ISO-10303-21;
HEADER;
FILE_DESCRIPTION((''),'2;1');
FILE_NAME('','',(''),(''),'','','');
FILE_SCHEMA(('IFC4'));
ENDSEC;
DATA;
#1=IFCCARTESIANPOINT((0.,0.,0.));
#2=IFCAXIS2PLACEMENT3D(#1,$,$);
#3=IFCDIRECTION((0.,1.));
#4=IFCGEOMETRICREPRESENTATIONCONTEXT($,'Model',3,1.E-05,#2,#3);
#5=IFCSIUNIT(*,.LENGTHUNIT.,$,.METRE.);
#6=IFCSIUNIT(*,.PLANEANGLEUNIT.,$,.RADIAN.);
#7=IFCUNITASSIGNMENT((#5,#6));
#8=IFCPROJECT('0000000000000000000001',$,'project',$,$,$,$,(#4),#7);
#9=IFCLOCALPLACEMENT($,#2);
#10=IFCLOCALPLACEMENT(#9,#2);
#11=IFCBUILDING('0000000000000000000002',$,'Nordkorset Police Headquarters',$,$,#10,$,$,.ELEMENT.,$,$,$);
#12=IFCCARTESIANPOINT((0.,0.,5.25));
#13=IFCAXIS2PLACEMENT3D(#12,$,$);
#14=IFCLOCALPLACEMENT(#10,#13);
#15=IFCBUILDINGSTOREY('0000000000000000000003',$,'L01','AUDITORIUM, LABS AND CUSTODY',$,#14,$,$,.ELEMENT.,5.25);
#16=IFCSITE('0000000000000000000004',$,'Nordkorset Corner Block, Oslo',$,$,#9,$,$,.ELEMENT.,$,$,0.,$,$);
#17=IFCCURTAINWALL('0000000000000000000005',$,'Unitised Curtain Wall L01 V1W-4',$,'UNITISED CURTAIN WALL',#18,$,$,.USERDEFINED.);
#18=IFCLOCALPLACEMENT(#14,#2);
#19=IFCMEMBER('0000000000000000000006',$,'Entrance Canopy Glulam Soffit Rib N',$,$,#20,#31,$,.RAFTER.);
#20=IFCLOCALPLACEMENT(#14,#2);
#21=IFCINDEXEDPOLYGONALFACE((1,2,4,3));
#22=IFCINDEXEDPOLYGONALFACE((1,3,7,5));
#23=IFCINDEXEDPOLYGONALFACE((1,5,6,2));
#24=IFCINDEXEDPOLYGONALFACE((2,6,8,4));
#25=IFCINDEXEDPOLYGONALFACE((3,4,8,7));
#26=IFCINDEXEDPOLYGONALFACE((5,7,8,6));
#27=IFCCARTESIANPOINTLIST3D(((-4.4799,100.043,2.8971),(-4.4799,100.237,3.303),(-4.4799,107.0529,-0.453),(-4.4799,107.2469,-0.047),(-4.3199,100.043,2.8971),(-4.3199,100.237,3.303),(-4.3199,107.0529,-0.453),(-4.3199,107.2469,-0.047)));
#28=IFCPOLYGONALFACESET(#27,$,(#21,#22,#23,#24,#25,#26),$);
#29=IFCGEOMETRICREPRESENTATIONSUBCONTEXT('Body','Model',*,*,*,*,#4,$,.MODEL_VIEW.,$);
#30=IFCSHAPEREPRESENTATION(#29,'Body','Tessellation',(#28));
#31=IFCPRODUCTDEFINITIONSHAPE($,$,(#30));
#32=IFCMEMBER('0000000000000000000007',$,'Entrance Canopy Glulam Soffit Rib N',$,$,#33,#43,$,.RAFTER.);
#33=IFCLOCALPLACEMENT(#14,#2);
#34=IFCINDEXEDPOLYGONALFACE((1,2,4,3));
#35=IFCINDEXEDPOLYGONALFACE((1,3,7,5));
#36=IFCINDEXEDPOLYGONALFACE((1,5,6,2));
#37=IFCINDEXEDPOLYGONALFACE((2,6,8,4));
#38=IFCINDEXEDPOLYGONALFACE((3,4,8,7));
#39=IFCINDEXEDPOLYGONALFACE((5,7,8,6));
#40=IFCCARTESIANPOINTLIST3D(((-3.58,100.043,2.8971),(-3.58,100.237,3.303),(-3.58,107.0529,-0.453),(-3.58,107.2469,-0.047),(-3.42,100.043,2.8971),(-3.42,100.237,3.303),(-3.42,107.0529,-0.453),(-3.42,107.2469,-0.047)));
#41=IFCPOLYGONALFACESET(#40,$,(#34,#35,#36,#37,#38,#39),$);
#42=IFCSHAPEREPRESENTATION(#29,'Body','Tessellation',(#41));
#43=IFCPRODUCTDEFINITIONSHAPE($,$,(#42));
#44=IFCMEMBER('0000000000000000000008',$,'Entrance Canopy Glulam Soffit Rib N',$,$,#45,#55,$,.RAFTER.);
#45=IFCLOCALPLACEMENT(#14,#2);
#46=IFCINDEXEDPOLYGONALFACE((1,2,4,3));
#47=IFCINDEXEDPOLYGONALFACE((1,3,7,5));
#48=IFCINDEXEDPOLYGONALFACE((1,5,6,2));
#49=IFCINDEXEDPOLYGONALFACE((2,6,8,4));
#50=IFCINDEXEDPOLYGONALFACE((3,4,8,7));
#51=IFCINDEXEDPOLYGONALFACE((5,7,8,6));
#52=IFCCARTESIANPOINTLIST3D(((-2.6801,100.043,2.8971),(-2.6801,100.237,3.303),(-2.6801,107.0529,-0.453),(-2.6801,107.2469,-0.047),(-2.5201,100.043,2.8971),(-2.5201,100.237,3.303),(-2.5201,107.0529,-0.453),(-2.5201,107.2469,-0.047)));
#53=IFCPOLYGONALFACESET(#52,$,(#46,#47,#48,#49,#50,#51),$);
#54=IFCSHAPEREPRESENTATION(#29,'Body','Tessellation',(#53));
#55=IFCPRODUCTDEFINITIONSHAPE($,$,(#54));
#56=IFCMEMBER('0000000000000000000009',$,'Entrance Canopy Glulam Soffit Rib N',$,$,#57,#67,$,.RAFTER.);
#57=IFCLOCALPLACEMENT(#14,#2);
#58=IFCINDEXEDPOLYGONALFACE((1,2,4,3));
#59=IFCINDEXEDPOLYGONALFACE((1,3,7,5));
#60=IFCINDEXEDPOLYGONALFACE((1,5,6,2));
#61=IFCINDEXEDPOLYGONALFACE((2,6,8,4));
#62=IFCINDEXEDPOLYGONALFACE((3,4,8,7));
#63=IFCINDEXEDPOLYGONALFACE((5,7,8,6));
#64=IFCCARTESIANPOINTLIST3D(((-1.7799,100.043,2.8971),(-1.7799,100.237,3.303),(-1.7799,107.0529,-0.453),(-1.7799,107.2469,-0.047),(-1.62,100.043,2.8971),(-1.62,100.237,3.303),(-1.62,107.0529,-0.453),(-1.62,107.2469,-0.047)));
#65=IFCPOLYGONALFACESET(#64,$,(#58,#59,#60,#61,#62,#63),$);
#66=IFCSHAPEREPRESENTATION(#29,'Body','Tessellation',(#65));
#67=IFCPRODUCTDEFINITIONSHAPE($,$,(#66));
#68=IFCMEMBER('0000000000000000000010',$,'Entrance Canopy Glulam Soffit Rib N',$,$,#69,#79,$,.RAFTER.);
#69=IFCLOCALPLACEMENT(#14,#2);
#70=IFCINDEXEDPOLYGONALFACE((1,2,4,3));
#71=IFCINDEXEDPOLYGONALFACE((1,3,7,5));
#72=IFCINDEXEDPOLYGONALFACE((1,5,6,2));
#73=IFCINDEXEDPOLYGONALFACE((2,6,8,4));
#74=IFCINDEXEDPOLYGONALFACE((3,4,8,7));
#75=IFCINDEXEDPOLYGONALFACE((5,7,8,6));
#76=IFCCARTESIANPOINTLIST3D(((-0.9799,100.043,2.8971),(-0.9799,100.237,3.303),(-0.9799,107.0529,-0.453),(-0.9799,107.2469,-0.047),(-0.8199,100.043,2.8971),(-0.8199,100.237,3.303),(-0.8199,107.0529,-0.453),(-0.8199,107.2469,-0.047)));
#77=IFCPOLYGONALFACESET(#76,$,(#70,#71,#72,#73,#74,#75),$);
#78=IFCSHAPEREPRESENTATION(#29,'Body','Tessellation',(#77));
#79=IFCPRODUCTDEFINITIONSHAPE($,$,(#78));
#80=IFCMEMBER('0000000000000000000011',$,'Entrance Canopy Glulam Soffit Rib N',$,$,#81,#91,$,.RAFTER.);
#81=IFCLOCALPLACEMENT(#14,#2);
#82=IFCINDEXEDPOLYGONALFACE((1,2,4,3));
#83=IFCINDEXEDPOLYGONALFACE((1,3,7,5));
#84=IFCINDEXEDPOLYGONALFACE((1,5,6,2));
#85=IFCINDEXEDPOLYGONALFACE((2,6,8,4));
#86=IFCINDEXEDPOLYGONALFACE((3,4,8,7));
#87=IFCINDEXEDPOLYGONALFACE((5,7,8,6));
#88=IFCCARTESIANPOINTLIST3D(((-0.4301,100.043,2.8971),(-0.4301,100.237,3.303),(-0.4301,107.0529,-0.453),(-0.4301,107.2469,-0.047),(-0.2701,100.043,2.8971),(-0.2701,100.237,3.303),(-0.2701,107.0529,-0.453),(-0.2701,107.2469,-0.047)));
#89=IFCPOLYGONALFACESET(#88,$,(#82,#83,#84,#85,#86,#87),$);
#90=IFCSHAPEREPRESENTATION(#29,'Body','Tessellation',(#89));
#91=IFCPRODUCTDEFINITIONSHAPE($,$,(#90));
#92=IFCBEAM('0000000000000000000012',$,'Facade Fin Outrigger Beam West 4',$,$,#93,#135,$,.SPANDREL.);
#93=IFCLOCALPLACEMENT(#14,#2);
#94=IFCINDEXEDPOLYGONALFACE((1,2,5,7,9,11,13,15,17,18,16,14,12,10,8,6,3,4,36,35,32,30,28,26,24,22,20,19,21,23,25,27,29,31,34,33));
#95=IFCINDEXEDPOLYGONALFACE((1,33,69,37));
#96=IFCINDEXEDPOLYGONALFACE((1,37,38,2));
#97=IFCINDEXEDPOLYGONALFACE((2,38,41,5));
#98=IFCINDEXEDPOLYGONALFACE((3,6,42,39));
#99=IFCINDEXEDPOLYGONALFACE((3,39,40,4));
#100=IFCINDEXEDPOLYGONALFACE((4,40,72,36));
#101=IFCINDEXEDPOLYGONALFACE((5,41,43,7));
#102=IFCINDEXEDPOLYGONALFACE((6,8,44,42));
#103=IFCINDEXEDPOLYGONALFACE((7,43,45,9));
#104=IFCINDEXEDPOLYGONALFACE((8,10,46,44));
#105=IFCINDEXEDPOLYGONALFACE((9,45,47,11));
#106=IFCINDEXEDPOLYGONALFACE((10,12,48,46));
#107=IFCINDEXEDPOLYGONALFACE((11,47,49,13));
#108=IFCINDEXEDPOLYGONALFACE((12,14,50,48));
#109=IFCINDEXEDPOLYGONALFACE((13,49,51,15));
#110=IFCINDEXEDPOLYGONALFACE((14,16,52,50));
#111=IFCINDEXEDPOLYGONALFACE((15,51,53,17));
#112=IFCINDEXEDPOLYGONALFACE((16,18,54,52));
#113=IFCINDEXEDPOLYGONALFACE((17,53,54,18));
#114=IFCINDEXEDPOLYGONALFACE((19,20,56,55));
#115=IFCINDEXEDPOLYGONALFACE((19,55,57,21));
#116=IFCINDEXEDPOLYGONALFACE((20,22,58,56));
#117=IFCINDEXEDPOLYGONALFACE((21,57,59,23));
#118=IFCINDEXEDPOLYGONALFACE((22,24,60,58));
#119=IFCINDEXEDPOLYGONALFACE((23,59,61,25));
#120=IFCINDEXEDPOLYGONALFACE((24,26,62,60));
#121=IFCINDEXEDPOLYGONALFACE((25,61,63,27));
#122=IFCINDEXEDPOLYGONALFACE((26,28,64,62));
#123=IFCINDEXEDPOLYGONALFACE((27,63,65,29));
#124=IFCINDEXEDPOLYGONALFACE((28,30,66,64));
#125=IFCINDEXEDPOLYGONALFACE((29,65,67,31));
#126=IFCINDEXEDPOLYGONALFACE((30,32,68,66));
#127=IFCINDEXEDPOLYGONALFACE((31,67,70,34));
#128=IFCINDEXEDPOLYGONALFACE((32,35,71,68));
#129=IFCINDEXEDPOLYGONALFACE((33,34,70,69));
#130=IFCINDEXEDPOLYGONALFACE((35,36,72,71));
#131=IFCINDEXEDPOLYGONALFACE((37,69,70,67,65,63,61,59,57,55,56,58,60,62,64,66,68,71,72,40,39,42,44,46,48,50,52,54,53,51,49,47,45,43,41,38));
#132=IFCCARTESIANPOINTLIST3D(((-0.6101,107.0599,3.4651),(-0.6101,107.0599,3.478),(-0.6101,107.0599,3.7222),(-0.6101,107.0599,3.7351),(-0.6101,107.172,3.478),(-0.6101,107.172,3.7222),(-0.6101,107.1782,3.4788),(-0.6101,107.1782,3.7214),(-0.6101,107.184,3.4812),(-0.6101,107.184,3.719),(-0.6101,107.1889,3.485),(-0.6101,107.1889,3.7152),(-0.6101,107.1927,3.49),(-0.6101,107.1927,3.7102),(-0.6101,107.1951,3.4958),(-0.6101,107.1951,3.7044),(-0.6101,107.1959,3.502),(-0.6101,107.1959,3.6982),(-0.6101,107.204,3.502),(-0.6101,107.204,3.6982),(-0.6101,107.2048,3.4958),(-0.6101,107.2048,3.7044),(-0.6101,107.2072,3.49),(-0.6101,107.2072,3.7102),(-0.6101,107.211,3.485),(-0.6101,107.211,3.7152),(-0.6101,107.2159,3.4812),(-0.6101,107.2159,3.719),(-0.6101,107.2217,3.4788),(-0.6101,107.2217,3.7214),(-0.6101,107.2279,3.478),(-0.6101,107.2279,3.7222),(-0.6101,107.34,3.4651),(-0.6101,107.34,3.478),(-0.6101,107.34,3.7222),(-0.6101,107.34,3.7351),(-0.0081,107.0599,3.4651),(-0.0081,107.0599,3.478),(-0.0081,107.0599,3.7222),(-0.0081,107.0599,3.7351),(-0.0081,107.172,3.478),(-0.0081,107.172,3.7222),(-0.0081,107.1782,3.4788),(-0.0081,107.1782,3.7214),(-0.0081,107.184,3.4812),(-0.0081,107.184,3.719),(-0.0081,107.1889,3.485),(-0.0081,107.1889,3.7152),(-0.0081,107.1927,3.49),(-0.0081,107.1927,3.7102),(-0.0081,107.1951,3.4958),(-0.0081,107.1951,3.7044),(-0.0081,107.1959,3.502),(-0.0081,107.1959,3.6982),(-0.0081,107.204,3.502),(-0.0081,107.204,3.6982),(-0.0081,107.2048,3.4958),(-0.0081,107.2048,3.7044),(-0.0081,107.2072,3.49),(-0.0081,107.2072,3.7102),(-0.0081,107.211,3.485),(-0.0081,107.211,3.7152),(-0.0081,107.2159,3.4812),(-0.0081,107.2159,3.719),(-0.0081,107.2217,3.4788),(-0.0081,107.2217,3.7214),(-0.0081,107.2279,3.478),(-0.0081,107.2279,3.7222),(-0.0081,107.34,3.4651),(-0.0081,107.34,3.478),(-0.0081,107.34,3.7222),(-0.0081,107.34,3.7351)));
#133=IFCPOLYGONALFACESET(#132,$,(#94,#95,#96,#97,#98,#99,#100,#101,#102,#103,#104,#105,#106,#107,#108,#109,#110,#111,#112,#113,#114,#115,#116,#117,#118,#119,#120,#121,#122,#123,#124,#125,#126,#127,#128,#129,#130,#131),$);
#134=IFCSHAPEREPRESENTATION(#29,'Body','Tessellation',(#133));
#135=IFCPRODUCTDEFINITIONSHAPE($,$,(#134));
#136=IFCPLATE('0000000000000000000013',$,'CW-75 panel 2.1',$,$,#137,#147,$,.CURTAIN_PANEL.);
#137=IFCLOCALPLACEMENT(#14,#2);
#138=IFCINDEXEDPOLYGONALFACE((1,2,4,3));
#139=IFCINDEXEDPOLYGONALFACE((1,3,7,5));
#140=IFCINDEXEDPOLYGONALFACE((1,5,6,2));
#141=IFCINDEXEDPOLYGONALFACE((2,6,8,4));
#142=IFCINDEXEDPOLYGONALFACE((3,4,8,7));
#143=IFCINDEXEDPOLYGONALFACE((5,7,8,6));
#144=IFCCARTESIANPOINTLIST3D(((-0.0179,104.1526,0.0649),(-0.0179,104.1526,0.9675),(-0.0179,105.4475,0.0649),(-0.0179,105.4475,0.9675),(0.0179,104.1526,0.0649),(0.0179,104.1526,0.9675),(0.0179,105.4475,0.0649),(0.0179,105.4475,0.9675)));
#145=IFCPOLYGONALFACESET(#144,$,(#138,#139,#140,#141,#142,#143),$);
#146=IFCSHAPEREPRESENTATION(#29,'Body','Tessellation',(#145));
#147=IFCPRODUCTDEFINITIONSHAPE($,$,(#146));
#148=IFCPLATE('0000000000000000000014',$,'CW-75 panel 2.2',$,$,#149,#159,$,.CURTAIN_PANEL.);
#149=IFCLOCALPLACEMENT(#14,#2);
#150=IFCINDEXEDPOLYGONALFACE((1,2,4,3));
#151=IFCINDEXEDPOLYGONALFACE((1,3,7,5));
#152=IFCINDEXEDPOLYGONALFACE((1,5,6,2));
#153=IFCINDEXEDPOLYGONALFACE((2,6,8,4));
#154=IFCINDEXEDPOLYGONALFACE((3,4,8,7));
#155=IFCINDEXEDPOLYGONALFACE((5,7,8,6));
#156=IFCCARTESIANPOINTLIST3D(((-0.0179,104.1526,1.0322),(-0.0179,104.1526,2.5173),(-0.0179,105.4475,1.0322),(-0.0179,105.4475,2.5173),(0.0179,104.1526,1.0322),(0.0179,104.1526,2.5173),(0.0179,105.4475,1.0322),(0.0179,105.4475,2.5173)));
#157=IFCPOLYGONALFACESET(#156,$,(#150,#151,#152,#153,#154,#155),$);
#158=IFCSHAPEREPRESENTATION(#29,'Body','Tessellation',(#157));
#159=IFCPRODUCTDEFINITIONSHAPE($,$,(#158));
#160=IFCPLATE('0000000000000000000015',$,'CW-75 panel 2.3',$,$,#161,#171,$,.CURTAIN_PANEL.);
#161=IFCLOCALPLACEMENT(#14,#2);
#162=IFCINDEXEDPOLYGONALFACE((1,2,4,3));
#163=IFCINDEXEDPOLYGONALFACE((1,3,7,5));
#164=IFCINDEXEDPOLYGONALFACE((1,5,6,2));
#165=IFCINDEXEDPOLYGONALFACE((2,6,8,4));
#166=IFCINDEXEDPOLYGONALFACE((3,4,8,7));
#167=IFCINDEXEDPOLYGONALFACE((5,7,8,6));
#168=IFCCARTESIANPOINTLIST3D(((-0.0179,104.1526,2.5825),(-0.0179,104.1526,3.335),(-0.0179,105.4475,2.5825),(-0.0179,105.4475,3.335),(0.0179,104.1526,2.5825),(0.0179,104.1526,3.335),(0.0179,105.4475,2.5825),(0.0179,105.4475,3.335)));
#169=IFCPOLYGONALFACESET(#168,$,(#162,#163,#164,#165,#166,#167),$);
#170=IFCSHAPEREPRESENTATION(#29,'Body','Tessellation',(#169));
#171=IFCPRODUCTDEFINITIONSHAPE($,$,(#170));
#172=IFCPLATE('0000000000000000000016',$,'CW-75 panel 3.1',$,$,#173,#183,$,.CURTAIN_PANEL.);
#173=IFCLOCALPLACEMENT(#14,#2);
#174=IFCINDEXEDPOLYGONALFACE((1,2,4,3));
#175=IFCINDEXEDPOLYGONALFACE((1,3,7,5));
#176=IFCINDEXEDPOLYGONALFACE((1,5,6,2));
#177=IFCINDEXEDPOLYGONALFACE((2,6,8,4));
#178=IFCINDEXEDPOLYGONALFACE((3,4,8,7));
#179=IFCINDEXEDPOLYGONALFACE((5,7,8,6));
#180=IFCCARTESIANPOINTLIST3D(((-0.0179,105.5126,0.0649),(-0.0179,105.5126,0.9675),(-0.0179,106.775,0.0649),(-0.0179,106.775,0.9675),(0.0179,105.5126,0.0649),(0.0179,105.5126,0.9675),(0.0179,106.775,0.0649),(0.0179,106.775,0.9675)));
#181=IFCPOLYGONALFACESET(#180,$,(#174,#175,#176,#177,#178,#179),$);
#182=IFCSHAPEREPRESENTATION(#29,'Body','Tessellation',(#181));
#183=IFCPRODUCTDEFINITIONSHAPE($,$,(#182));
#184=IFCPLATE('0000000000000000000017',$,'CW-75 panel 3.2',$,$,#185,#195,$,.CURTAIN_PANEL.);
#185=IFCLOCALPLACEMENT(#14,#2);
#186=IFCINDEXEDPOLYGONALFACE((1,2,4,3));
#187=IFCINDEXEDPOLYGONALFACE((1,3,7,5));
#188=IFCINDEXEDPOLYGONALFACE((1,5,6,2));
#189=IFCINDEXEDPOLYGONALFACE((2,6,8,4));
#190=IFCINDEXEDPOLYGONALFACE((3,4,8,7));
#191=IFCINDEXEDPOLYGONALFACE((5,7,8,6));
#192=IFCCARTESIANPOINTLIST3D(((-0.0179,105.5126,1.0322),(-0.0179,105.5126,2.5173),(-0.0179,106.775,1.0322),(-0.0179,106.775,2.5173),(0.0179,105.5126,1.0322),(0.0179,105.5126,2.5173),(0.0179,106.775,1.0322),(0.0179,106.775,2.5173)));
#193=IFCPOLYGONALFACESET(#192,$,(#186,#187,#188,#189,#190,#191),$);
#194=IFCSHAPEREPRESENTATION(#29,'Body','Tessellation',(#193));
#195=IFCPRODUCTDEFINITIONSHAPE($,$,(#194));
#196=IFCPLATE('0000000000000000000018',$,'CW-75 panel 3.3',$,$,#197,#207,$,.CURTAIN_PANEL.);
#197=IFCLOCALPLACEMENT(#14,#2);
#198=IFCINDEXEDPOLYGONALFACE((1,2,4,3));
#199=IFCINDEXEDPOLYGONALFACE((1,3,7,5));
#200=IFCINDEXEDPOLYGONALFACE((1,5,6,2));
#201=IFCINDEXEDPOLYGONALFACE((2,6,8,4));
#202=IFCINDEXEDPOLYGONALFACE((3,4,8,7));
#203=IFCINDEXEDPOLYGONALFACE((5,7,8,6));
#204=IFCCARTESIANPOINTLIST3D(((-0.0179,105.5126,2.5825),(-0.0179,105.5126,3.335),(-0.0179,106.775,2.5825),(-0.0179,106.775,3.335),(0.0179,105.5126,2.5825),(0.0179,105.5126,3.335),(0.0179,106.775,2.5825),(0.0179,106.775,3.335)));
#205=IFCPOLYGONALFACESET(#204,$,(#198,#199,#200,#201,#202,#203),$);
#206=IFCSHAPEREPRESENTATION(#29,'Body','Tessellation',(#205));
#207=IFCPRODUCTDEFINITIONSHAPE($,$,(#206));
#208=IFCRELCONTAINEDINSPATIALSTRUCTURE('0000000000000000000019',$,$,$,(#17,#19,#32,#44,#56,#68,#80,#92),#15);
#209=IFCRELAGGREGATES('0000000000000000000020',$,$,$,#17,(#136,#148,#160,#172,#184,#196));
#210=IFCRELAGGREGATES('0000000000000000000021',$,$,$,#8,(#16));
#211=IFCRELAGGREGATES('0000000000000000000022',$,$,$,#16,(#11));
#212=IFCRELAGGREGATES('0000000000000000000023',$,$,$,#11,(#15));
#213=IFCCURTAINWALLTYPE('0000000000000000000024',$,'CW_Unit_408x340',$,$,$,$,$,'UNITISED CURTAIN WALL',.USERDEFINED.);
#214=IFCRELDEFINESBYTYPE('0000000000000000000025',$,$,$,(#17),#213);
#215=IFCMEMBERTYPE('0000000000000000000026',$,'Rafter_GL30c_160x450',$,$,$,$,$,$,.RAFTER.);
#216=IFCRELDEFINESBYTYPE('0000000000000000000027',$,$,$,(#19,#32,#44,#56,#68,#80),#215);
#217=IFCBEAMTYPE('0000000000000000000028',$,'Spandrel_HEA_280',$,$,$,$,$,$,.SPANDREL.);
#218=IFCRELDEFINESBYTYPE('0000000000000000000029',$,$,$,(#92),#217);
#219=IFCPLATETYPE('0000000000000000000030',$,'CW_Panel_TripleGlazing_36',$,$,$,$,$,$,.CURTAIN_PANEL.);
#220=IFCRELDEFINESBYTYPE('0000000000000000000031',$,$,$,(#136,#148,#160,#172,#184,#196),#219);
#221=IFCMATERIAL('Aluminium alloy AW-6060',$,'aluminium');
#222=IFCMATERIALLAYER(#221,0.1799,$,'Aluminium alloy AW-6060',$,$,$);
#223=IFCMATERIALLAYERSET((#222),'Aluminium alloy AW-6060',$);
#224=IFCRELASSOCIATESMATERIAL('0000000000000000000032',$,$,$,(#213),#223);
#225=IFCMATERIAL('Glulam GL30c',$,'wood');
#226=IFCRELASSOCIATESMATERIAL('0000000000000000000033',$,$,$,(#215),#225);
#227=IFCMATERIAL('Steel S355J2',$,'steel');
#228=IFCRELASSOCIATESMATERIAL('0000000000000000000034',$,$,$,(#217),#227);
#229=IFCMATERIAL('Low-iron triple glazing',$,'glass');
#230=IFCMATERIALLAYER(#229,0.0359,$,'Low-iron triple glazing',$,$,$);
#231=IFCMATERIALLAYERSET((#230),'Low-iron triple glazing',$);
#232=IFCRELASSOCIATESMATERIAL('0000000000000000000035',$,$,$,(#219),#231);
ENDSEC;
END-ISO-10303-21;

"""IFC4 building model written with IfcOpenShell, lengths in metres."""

from ifc_helpers import new_model, si_unit, direction, frame, origin, origin_2d, place, context, subcontext, project, spatial, rectangle, i_section, extrude, material, layer, layer_set, material_profile, profile_set, type_object, element, aggregate, save


model = new_model("IFC4")

# Units and contexts
model_context = context("Model", 3, precision=1e-05, world=origin(), true_north=direction((0.0, 1.0)))
body_context = subcontext(model_context, "Body", "Model", "MODEL_VIEW")
ifc_project = project(units=[si_unit("LENGTHUNIT", "METRE"), si_unit("PLANEANGLEUNIT", "RADIAN")], contexts=[model_context])

# Site, building, storey
site_placement = place(None, origin())
site = spatial("IfcSite", under=ifc_project, at=site_placement, Name="Nordkorset Corner Block, Oslo", CompositionType="ELEMENT", RefElevation=0.0)
building_placement = place(site_placement, origin())
building = spatial("IfcBuilding", under=site, at=building_placement, Name="Nordkorset Police Headquarters", CompositionType="ELEMENT")
storey_placement = place(building_placement, frame((0.0, 0.0, 5.25)))
storey = spatial("IfcBuildingStorey", under=building, at=storey_placement, Name="L01", Description="AUDITORIUM, LABS AND CUSTODY", CompositionType="ELEMENT", Elevation=5.25)

# Curtain wall
ifc_material_1 = material(Name="Aluminium alloy AW-6060", Category="aluminium")
ifc_layer_1 = layer(ifc_material_1, 0.1799, Name="Aluminium alloy AW-6060")
ifc_layer_set_1 = layer_set([ifc_layer_1], Name="Aluminium alloy AW-6060")
curtain_wall_type = type_object("IfcCurtainWallType", Name="CW_Unit_408x340", ElementType="UNITISED CURTAIN WALL", PredefinedType="USERDEFINED", material=ifc_layer_set_1)
curtain_wall_placement = place(storey_placement, origin())
curtain_wall = element("IfcCurtainWall", 1, at=curtain_wall_placement, inside=storey, type_object=curtain_wall_type, Name="Unitised Curtain Wall L01 V1W-4", ObjectType="UNITISED CURTAIN WALL", PredefinedType="USERDEFINED")

# Members
ifc_material_2 = material(Name="Glulam GL30c", Category="wood")
ifc_material_profile_1 = material_profile(ifc_material_2, rectangle(XDim=0.1599, YDim=0.45, at=origin_2d()), Name="GL30c 160x450")
ifc_profile_set_1 = profile_set([ifc_material_profile_1], Name="Glulam GL30c")
member_type_1 = type_object("IfcMemberType", Name="Rafter_GL30c_160x450", PredefinedType="RAFTER", material=ifc_profile_set_1)
for number, where, z_axis, x_axis, name in (
    (2, (-4.3999, 107.1499, -0.25), (0.0, -0.90226, 0.431192), (1.0, 0.0, 0.0), "Entrance Canopy Glulam Soffit Rib N"),
    (3, (-3.5, 107.1499, -0.25), (0.0, -0.90226, 0.431192), (1.0, 0.0, 0.0), "Entrance Canopy Glulam Soffit Rib N"),
    (4, (-2.6001, 107.1499, -0.25), (0.0, -0.90226, 0.431192), (1.0, 0.0, 0.0), "Entrance Canopy Glulam Soffit Rib N"),
    (5, (-1.7, 107.1499, -0.25), (0.0, -0.90226, 0.431192), (1.0, 0.0, 0.0), "Entrance Canopy Glulam Soffit Rib N"),
    (6, (-0.8999, 107.1499, -0.25), (0.0, -0.90226, 0.431192), (1.0, 0.0, 0.0), "Entrance Canopy Glulam Soffit Rib N"),
    (7, (-0.3501, 107.1499, -0.25), (0.0, -0.90226, 0.431192), (1.0, 0.0, 0.0), "Entrance Canopy Glulam Soffit Rib N"),
):
    element("IfcMember", number, at=place(storey_placement, frame(where, z_axis=z_axis, x_axis=x_axis)), inside=storey, type_object=member_type_1, Name=name, PredefinedType="RAFTER", context=body_context, shape_type="SweptSolid", body=[
        extrude(rectangle(XDim=0.1599, YDim=0.45, at=origin_2d()), origin(), (0.0, 0.0, 1.0), 7.7693),
    ])

# Beam
ifc_material_3 = material(Name="Steel S355J2", Category="steel")
ifc_material_profile_2 = material_profile(ifc_material_3, i_section(OverallWidth=0.28, OverallDepth=0.27, WebThickness=0.0081, FlangeThickness=0.0129, FilletRadius=0.0239, at=origin_2d()), Name="HEA 280")
ifc_profile_set_2 = profile_set([ifc_material_profile_2], Name="Steel S355J2")
beam_type = type_object("IfcBeamType", Name="Spandrel_HEA_280", PredefinedType="SPANDREL", material=ifc_profile_set_2)
beam_placement = place(storey_placement, frame((-0.0081, 107.2, 3.6001), z_axis=(-1.0, 0.0, 0.0), x_axis=(0.0, -1.0, 0.0)))
element("IfcBeam", 8, at=beam_placement, inside=storey, type_object=beam_type, Name="Facade Fin Outrigger Beam West 4", PredefinedType="SPANDREL", context=body_context, shape_type="SweptSolid", body=[
    extrude(i_section(OverallWidth=0.28, OverallDepth=0.27, WebThickness=0.0081, FlangeThickness=0.0129, FilletRadius=0.0239, at=origin_2d()), origin(), (0.0, 0.0, 1.0), 0.6021),
])

# Plates
ifc_material_4 = material(Name="Low-iron triple glazing", Category="glass")
ifc_layer_2 = layer(ifc_material_4, 0.0359, Name="Low-iron triple glazing")
ifc_layer_set_2 = layer_set([ifc_layer_2], Name="Low-iron triple glazing")
plate_type = type_object("IfcPlateType", Name="CW_Panel_TripleGlazing_36", PredefinedType="CURTAIN_PANEL", material=ifc_layer_set_2)
plate_1_placement = place(storey_placement, frame((0.0, 104.8, 0.0649), z_axis=(0.0, 0.0, 1.0), x_axis=(0.0, 1.0, 0.0)))
plate_1 = element("IfcPlate", 9, at=plate_1_placement, type_object=plate_type, Name="CW-75 panel 2.1", PredefinedType="CURTAIN_PANEL", context=body_context, shape_type="SweptSolid", body=[
    extrude(rectangle(XDim=1.2949, YDim=0.0359, at=origin_2d()), origin(), (0.0, 0.0, 1.0), 0.9026),
])
plate_2_placement = place(storey_placement, frame((0.0, 104.8, 1.0322), z_axis=(0.0, 0.0, 1.0), x_axis=(0.0, 1.0, 0.0)))
plate_2 = element("IfcPlate", 10, at=plate_2_placement, type_object=plate_type, Name="CW-75 panel 2.2", PredefinedType="CURTAIN_PANEL", context=body_context, shape_type="SweptSolid", body=[
    extrude(rectangle(XDim=1.2949, YDim=0.0359, at=origin_2d()), origin(), (0.0, 0.0, 1.0), 1.4851),
])
plate_3_placement = place(storey_placement, frame((0.0, 104.8, 2.5825), z_axis=(0.0, 0.0, 1.0), x_axis=(0.0, 1.0, 0.0)))
plate_3 = element("IfcPlate", 11, at=plate_3_placement, type_object=plate_type, Name="CW-75 panel 2.3", PredefinedType="CURTAIN_PANEL", context=body_context, shape_type="SweptSolid", body=[
    extrude(rectangle(XDim=1.2949, YDim=0.0359, at=origin_2d()), origin(), (0.0, 0.0, 1.0), 0.7524),
])
plate_4_placement = place(storey_placement, frame((0.0, 106.1438, 0.0649), z_axis=(0.0, 0.0, 1.0), x_axis=(0.0, 1.0, 0.0)))
plate_4 = element("IfcPlate", 12, at=plate_4_placement, type_object=plate_type, Name="CW-75 panel 3.1", PredefinedType="CURTAIN_PANEL", context=body_context, shape_type="SweptSolid", body=[
    extrude(rectangle(XDim=1.2625, YDim=0.0359, at=origin_2d()), origin(), (0.0, 0.0, 1.0), 0.9026),
])
plate_5_placement = place(storey_placement, frame((0.0, 106.1438, 1.0322), z_axis=(0.0, 0.0, 1.0), x_axis=(0.0, 1.0, 0.0)))
plate_5 = element("IfcPlate", 13, at=plate_5_placement, type_object=plate_type, Name="CW-75 panel 3.2", PredefinedType="CURTAIN_PANEL", context=body_context, shape_type="SweptSolid", body=[
    extrude(rectangle(XDim=1.2625, YDim=0.0359, at=origin_2d()), origin(), (0.0, 0.0, 1.0), 1.4851),
])
plate_6_placement = place(storey_placement, frame((0.0, 106.1438, 2.5825), z_axis=(0.0, 0.0, 1.0), x_axis=(0.0, 1.0, 0.0)))
plate_6 = element("IfcPlate", 14, at=plate_6_placement, type_object=plate_type, Name="CW-75 panel 3.3", PredefinedType="CURTAIN_PANEL", context=body_context, shape_type="SweptSolid", body=[
    extrude(rectangle(XDim=1.2625, YDim=0.0359, at=origin_2d()), origin(), (0.0, 0.0, 1.0), 0.7524),
])
aggregate(curtain_wall, [plate_1, plate_2, plate_3, plate_4, plate_5, plate_6])

save(model, "model.ifc")
